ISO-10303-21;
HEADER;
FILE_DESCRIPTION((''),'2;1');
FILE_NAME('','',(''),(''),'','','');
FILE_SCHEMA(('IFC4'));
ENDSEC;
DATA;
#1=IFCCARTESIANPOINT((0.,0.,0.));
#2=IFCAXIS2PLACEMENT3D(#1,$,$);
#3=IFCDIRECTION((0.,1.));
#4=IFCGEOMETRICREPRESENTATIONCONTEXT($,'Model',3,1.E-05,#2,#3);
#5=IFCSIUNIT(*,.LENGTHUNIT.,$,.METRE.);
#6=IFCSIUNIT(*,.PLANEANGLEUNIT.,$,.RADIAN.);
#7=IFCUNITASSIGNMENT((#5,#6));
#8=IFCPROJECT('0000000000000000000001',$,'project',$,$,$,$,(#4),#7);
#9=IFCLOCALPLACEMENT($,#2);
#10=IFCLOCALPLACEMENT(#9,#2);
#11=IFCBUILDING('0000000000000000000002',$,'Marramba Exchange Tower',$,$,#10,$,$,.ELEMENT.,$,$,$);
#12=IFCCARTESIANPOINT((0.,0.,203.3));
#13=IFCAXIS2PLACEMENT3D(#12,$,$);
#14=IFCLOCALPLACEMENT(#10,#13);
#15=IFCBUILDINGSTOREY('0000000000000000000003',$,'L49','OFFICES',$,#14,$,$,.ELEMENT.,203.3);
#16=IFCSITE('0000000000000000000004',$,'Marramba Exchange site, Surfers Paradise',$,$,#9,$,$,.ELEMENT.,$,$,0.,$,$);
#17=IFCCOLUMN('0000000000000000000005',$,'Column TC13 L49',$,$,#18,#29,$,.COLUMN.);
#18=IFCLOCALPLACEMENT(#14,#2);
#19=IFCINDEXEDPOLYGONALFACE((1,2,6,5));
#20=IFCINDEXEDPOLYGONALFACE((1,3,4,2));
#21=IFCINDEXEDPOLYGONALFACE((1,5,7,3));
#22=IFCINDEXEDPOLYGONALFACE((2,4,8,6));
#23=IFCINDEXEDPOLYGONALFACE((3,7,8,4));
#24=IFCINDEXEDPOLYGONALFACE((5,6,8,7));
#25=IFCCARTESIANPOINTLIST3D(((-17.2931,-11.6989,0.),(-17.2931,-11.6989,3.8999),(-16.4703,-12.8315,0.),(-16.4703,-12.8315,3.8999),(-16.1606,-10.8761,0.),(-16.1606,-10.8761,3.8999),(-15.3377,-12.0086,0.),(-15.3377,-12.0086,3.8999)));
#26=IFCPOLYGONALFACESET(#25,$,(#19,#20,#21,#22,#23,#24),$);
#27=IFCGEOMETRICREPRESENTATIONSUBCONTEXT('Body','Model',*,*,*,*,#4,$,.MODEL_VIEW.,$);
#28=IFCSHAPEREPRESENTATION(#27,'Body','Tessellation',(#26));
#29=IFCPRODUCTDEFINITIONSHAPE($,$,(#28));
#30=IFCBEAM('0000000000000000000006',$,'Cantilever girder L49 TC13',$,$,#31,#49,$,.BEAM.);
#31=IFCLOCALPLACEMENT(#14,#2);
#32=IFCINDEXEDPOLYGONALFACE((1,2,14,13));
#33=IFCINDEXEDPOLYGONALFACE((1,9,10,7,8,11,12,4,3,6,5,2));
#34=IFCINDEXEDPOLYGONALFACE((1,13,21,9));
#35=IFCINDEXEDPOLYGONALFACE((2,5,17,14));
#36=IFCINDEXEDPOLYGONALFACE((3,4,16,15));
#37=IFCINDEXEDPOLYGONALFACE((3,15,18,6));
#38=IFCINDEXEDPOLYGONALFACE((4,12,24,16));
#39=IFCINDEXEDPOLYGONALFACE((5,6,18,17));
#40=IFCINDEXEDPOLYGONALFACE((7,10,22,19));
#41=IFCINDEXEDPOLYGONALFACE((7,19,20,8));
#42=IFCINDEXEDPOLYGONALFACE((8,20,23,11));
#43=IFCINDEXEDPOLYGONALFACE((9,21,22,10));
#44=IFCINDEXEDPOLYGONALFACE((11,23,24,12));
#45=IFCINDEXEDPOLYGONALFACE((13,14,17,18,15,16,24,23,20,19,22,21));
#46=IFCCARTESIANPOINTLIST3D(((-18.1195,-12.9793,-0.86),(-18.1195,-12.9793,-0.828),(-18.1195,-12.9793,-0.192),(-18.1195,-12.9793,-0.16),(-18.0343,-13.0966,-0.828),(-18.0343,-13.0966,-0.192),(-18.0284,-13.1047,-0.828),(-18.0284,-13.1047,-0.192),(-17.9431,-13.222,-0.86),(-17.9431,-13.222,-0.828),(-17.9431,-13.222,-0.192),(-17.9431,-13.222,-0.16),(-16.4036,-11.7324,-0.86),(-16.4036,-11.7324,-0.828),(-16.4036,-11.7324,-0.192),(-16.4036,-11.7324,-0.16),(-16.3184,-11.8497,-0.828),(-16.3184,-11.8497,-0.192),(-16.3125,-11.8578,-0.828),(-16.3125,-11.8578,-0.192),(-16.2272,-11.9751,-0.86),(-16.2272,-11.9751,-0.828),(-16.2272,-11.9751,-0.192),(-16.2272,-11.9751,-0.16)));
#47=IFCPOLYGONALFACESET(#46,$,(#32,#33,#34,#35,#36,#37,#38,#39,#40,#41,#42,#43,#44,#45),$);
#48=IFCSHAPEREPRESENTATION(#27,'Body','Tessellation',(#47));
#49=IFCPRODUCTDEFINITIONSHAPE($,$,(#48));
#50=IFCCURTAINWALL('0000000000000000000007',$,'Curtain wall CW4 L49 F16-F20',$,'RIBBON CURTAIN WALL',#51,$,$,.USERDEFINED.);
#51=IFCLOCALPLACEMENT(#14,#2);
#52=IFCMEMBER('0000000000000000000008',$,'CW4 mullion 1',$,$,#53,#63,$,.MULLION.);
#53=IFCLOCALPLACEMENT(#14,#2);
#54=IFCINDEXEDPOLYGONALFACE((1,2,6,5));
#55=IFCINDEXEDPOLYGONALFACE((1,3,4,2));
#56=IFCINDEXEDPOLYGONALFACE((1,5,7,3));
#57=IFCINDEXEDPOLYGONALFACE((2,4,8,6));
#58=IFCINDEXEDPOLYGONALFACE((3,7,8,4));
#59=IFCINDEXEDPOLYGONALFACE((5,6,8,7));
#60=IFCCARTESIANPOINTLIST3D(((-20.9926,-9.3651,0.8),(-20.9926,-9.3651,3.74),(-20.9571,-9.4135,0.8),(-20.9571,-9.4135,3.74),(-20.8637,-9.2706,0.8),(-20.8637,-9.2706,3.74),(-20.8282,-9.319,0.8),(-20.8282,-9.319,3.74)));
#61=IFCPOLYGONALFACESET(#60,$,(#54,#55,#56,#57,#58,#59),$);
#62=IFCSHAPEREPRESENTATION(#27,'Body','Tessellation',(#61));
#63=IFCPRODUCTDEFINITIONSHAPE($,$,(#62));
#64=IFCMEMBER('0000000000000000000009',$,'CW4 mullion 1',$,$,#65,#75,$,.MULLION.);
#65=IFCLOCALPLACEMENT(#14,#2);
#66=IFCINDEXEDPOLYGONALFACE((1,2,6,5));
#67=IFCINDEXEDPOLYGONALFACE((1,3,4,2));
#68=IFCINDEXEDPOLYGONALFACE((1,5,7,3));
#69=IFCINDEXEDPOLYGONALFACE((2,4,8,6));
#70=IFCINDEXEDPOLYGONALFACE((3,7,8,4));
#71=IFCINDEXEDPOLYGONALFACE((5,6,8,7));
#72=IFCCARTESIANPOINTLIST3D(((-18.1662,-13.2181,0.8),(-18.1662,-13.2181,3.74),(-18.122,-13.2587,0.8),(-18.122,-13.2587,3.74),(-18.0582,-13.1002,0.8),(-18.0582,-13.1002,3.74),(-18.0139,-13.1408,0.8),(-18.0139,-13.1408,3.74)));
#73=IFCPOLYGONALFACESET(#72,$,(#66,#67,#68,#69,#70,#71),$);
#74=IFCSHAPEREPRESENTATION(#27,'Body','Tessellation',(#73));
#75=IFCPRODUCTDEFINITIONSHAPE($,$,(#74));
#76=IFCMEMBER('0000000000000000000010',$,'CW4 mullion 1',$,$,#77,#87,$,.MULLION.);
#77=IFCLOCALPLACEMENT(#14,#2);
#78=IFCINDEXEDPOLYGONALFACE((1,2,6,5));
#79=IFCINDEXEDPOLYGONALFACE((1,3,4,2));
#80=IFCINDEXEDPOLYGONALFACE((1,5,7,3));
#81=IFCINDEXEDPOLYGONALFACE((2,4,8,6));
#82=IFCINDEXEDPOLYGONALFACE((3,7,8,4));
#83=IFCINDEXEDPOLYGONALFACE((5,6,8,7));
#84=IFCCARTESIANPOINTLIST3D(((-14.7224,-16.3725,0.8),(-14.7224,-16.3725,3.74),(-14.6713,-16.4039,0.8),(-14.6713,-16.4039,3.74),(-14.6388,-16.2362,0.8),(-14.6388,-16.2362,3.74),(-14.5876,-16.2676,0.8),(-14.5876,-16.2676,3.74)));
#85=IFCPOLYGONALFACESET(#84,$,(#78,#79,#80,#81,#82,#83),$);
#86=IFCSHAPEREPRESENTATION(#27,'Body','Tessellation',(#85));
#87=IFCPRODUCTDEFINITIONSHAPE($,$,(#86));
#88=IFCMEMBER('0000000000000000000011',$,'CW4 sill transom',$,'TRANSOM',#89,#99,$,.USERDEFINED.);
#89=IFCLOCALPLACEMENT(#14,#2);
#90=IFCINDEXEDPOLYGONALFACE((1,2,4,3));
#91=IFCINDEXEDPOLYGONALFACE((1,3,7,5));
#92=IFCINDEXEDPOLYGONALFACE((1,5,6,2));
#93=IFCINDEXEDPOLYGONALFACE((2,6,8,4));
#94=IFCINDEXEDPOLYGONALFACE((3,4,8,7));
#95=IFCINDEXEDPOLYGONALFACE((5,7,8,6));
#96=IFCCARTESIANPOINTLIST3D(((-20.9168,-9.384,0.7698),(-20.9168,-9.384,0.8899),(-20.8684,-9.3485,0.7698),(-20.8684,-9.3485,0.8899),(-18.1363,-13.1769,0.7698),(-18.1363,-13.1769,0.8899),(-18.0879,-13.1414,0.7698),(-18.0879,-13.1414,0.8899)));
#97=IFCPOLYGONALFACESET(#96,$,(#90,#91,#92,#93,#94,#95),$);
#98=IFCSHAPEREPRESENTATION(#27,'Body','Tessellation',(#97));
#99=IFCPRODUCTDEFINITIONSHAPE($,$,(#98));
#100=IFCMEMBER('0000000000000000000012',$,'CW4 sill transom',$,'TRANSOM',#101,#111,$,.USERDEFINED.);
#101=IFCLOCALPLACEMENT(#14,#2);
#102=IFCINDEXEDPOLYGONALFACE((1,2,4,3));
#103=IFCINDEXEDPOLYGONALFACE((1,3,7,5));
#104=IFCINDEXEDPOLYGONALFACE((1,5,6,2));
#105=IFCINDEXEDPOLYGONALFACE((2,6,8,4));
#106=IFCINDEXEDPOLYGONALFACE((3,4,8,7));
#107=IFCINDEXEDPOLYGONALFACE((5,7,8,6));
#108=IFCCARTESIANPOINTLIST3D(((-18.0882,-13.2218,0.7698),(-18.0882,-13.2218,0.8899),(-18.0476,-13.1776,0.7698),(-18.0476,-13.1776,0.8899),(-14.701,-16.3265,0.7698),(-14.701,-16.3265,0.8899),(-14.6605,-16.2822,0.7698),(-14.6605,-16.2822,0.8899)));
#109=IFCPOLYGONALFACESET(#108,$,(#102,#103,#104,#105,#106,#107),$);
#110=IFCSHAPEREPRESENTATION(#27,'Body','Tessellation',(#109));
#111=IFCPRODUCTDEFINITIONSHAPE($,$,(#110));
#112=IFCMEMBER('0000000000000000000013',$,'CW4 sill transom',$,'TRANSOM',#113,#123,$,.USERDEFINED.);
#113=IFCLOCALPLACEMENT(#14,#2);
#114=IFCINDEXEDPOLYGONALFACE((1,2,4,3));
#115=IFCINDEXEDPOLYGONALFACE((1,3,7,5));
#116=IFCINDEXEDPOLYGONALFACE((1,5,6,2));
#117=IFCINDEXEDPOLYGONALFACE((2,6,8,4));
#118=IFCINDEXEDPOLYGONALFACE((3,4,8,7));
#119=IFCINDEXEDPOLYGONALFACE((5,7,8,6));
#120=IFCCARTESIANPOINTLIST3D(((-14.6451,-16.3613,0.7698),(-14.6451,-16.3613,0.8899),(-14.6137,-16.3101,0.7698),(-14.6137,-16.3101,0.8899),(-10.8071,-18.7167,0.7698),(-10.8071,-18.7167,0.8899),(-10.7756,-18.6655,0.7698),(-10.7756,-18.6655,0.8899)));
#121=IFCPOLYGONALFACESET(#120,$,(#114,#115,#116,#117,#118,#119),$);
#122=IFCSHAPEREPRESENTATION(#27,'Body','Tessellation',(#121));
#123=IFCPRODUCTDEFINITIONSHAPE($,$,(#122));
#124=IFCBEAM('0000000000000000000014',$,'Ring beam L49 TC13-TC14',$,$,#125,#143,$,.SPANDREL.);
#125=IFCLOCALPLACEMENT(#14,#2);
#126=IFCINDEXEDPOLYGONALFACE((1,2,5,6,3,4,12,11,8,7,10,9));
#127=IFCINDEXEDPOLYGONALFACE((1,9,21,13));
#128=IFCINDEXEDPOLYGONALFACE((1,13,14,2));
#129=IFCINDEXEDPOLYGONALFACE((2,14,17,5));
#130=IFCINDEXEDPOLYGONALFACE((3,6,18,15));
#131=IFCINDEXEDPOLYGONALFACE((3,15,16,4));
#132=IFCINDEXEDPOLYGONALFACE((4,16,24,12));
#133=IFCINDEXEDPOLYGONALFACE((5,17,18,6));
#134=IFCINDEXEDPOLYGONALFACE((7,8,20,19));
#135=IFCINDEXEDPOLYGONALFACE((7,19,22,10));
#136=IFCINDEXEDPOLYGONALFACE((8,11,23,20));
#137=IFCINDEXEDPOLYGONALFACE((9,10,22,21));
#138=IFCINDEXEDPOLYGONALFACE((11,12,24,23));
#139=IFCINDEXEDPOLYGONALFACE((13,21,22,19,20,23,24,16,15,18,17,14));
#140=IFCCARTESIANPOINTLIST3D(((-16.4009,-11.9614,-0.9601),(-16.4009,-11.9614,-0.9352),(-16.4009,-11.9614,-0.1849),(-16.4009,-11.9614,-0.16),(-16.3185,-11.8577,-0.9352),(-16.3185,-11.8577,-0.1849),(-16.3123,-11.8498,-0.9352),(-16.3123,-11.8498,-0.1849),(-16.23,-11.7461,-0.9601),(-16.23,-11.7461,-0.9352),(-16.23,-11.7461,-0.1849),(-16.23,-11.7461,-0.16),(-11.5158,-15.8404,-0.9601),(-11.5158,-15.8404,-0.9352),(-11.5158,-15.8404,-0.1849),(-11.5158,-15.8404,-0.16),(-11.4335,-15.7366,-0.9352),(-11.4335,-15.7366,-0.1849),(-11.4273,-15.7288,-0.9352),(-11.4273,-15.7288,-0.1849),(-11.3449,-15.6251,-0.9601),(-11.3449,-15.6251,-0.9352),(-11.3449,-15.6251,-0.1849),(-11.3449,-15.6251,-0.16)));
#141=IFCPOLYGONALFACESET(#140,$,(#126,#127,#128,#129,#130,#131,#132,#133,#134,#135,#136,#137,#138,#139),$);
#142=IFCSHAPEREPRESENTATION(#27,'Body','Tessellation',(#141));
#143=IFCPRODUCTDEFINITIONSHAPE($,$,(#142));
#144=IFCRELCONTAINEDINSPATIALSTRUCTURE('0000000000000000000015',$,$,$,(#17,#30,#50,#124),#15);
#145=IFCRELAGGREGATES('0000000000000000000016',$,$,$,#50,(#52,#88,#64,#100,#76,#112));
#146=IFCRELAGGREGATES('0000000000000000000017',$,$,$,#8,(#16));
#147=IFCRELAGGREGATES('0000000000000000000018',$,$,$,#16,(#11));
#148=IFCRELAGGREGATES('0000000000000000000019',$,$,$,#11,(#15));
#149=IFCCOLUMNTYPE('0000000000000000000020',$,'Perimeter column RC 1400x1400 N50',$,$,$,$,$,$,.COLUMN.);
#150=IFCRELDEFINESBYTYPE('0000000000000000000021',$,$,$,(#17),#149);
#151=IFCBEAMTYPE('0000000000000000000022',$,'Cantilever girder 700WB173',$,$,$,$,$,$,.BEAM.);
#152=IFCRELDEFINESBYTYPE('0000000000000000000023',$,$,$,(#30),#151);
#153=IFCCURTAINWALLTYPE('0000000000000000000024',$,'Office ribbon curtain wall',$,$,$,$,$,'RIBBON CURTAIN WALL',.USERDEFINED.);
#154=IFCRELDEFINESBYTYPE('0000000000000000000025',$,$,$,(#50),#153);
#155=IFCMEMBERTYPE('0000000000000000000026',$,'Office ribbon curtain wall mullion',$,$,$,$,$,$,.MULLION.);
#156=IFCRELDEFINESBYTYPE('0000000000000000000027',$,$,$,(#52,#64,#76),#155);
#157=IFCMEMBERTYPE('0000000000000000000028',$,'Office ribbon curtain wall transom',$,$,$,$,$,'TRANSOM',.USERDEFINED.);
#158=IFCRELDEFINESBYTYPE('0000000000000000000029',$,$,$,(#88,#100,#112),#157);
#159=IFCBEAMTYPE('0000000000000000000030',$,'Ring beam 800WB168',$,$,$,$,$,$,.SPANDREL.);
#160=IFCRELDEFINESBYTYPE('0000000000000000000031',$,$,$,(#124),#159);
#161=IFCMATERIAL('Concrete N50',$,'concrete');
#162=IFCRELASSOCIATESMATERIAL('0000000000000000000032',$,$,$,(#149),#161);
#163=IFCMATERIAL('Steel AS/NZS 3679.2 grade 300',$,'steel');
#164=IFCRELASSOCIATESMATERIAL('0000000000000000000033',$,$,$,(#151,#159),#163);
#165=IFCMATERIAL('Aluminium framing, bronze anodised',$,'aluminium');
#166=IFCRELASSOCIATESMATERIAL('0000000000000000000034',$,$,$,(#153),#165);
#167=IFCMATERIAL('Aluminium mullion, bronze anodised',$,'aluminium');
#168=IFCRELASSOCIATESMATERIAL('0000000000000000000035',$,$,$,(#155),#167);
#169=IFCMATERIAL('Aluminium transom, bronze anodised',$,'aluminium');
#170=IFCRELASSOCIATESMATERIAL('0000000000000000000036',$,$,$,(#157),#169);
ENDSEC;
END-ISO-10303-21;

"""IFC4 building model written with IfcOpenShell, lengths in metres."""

from ifc_helpers import new_model, si_unit, direction, frame, origin, origin_2d, place, context, subcontext, project, spatial, rectangle, i_section, extrude, material, material_profile, profile_set, type_object, element, aggregate, save


model = new_model("IFC4")

# Units and contexts
model_context = context("Model", 3, precision=1e-05, world=origin(), true_north=direction((0.0, 1.0)))
body_context = subcontext(model_context, "Body", "Model", "MODEL_VIEW")
ifc_project = project(units=[si_unit("LENGTHUNIT", "METRE"), si_unit("PLANEANGLEUNIT", "RADIAN")], contexts=[model_context])

# Site, building, storey
site_placement = place(None, origin())
site = spatial("IfcSite", under=ifc_project, at=site_placement, Name="Marramba Exchange site, Surfers Paradise", CompositionType="ELEMENT", RefElevation=0.0)
building_placement = place(site_placement, origin())
building = spatial("IfcBuilding", under=site, at=building_placement, Name="Marramba Exchange Tower", CompositionType="ELEMENT")
storey_placement = place(building_placement, frame((0.0, 0.0, 203.3)))
storey = spatial("IfcBuildingStorey", under=building, at=storey_placement, Name="L49", Description="OFFICES", CompositionType="ELEMENT", Elevation=203.3)

# Column
ifc_material_1 = material(Name="Concrete N50", Category="concrete")
ifc_material_profile_1 = material_profile(ifc_material_1, rectangle(XDim=1.3999, YDim=1.3999, at=origin_2d()), Name="RC 1400x1400")
ifc_profile_set_1 = profile_set([ifc_material_profile_1], Name="Concrete N50")
column_type = type_object("IfcColumnType", Name="Perimeter column RC 1400x1400 N50", PredefinedType="COLUMN", material=ifc_profile_set_1)
column_placement = place(storey_placement, frame((-16.3154, -11.8538, 0.0), z_axis=(0.0, 0.0, 1.0), x_axis=(-0.809017, -0.587785, 0.0)))
element("IfcColumn", 1, at=column_placement, inside=storey, type_object=column_type, Name="Column TC13 L49", PredefinedType="COLUMN", context=body_context, shape_type="SweptSolid", body=[
    extrude(rectangle(XDim=1.3999, YDim=1.3999, at=origin_2d()), origin(), (0.0, 0.0, 1.0), 3.8999),
])

# Beam
ifc_material_2 = material(Name="Steel AS/NZS 3679.2 grade 300", Category="steel")
ifc_material_profile_2 = material_profile(ifc_material_2, i_section(OverallWidth=0.3, OverallDepth=0.7, WebThickness=0.01, FlangeThickness=0.032, at=origin_2d()), Name="700WB173")
ifc_profile_set_2 = profile_set([ifc_material_profile_2], Name="Steel AS/NZS 3679.2 grade 300")
beam_type_1 = type_object("IfcBeamType", Name="Cantilever girder 700WB173", PredefinedType="BEAM", material=ifc_profile_set_2)
beam_1_placement = place(storey_placement, frame((-16.3154, -11.8538, -0.51), z_axis=(-0.80897, -0.58785, 0.0), x_axis=(0.58785, -0.80897, 0.0)))
element("IfcBeam", 2, at=beam_1_placement, inside=storey, type_object=beam_type_1, Name="Cantilever girder L49 TC13", PredefinedType="BEAM", context=body_context, shape_type="SweptSolid", body=[
    extrude(i_section(OverallWidth=0.3, OverallDepth=0.7, WebThickness=0.01, FlangeThickness=0.032, at=origin_2d()), origin(), (0.0, 0.0, 1.0), 2.1211),
])

# Curtain wall, members
ifc_material_3 = material(Name="Aluminium framing, bronze anodised", Category="aluminium")
curtain_wall_type = type_object("IfcCurtainWallType", Name="Office ribbon curtain wall", ElementType="RIBBON CURTAIN WALL", PredefinedType="USERDEFINED", material=ifc_material_3)
curtain_wall_placement = place(storey_placement, origin())
curtain_wall = element("IfcCurtainWall", 3, at=curtain_wall_placement, inside=storey, type_object=curtain_wall_type, Name="Curtain wall CW4 L49 F16-F20", ObjectType="RIBBON CURTAIN WALL", PredefinedType="USERDEFINED")
ifc_material_4 = material(Name="Aluminium mullion, bronze anodised", Category="aluminium")
ifc_material_profile_3 = material_profile(ifc_material_4, rectangle(XDim=0.1599, YDim=0.0601, at=origin_2d()), Name="CW4 mullion 60x160")
ifc_profile_set_3 = profile_set([ifc_material_profile_3], Name="Aluminium mullion, bronze anodised")
member_type_1 = type_object("IfcMemberType", Name="Office ribbon curtain wall mullion", PredefinedType="MULLION", material=ifc_profile_set_3)
member_1_placement = place(storey_placement, frame((-20.9104, -9.342, 0.8), z_axis=(0.0, 0.0, 1.0), x_axis=(0.806508, 0.591223, 0.0)))
member_1 = element("IfcMember", 4, at=member_1_placement, type_object=member_type_1, Name="CW4 mullion 1", PredefinedType="MULLION", context=body_context, shape_type="SweptSolid", body=[
    extrude(rectangle(XDim=0.1599, YDim=0.0601, at=origin_2d()), origin(), (0.0, 0.0, 1.0), 2.9399),
])
member_2_placement = place(storey_placement, frame((-18.0901, -13.1794, 0.8), z_axis=(0.0, 0.0, 1.0), x_axis=(0.675671, 0.737203, 0.0)))
member_2 = element("IfcMember", 5, at=member_2_placement, type_object=member_type_1, Name="CW4 mullion 1", PredefinedType="MULLION", context=body_context, shape_type="SweptSolid", body=[
    extrude(rectangle(XDim=0.1599, YDim=0.0601, at=origin_2d()), origin(), (0.0, 0.0, 1.0), 2.9399),
])
member_3_placement = place(storey_placement, frame((-14.655, -16.3201, 0.8), z_axis=(0.0, 0.0, 1.0), x_axis=(0.523052, 0.852301, 0.0)))
member_3 = element("IfcMember", 6, at=member_3_placement, type_object=member_type_1, Name="CW4 mullion 1", PredefinedType="MULLION", context=body_context, shape_type="SweptSolid", body=[
    extrude(rectangle(XDim=0.1599, YDim=0.0601, at=origin_2d()), origin(), (0.0, 0.0, 1.0), 2.9399),
])
ifc_material_5 = material(Name="Aluminium transom, bronze anodised", Category="aluminium")
ifc_material_profile_4 = material_profile(ifc_material_5, rectangle(XDim=0.0601, YDim=0.1201, at=origin_2d()), Name="CW4 transom 60x120")
ifc_profile_set_4 = profile_set([ifc_material_profile_4], Name="Aluminium transom, bronze anodised")
member_type_2 = type_object("IfcMemberType", Name="Office ribbon curtain wall transom", ElementType="TRANSOM", PredefinedType="USERDEFINED", material=ifc_profile_set_4)
member_4_placement = place(storey_placement, frame((-20.8926, -9.3662, 0.8298), z_axis=(0.591226, -0.806506, 0.0), x_axis=(0.806506, 0.591226, 0.0)))
member_4 = element("IfcMember", 7, at=member_4_placement, type_object=member_type_2, Name="CW4 sill transom", ObjectType="TRANSOM", PredefinedType="USERDEFINED", context=body_context, shape_type="SweptSolid", body=[
    extrude(rectangle(XDim=0.0601, YDim=0.1201, at=origin_2d()), origin(), (0.0, 0.0, 1.0), 4.7029),
])
member_5_placement = place(storey_placement, frame((-18.0679, -13.1997, 0.8298), z_axis=(0.737176, -0.675701, 0.0), x_axis=(0.675701, 0.737176, 0.0)))
member_5 = element("IfcMember", 8, at=member_5_placement, type_object=member_type_2, Name="CW4 sill transom", ObjectType="TRANSOM", PredefinedType="USERDEFINED", context=body_context, shape_type="SweptSolid", body=[
    extrude(rectangle(XDim=0.0601, YDim=0.1201, at=origin_2d()), origin(), (0.0, 0.0, 1.0), 4.5947),
])
member_6_placement = place(storey_placement, frame((-14.6294, -16.3357, 0.8298), z_axis=(0.852298, -0.523056, 0.0), x_axis=(0.523056, 0.852298, 0.0)))
member_6 = element("IfcMember", 9, at=member_6_placement, type_object=member_type_2, Name="CW4 sill transom", ObjectType="TRANSOM", PredefinedType="USERDEFINED", context=body_context, shape_type="SweptSolid", body=[
    extrude(rectangle(XDim=0.0601, YDim=0.1201, at=origin_2d()), origin(), (0.0, 0.0, 1.0), 4.5032),
])

# Beam
ifc_material_profile_5 = material_profile(ifc_material_2, i_section(OverallWidth=0.2749, OverallDepth=0.8, WebThickness=0.01, FlangeThickness=0.0249, at=origin_2d()), Name="800WB168")
ifc_profile_set_5 = profile_set([ifc_material_profile_5], Name="Steel AS/NZS 3679.2 grade 300")
beam_type_2 = type_object("IfcBeamType", Name="Ring beam 800WB168", PredefinedType="SPANDREL", material=ifc_profile_set_5)
beam_2_placement = place(storey_placement, frame((-16.3154, -11.8538, -0.5601), z_axis=(0.783139, -0.621846, 0.0), x_axis=(0.621846, 0.783139, 0.0)))
element("IfcBeam", 10, at=beam_2_placement, inside=storey, type_object=beam_type_2, Name="Ring beam L49 TC13-TC14", PredefinedType="SPANDREL", context=body_context, shape_type="SweptSolid", body=[
    extrude(i_section(OverallWidth=0.2749, OverallDepth=0.8, WebThickness=0.01, FlangeThickness=0.0249, at=origin_2d()), origin(), (0.0, 0.0, 1.0), 6.2378),
])

aggregate(curtain_wall, [member_1, member_4, member_2, member_5, member_3, member_6])

save(model, "model.ifc")
